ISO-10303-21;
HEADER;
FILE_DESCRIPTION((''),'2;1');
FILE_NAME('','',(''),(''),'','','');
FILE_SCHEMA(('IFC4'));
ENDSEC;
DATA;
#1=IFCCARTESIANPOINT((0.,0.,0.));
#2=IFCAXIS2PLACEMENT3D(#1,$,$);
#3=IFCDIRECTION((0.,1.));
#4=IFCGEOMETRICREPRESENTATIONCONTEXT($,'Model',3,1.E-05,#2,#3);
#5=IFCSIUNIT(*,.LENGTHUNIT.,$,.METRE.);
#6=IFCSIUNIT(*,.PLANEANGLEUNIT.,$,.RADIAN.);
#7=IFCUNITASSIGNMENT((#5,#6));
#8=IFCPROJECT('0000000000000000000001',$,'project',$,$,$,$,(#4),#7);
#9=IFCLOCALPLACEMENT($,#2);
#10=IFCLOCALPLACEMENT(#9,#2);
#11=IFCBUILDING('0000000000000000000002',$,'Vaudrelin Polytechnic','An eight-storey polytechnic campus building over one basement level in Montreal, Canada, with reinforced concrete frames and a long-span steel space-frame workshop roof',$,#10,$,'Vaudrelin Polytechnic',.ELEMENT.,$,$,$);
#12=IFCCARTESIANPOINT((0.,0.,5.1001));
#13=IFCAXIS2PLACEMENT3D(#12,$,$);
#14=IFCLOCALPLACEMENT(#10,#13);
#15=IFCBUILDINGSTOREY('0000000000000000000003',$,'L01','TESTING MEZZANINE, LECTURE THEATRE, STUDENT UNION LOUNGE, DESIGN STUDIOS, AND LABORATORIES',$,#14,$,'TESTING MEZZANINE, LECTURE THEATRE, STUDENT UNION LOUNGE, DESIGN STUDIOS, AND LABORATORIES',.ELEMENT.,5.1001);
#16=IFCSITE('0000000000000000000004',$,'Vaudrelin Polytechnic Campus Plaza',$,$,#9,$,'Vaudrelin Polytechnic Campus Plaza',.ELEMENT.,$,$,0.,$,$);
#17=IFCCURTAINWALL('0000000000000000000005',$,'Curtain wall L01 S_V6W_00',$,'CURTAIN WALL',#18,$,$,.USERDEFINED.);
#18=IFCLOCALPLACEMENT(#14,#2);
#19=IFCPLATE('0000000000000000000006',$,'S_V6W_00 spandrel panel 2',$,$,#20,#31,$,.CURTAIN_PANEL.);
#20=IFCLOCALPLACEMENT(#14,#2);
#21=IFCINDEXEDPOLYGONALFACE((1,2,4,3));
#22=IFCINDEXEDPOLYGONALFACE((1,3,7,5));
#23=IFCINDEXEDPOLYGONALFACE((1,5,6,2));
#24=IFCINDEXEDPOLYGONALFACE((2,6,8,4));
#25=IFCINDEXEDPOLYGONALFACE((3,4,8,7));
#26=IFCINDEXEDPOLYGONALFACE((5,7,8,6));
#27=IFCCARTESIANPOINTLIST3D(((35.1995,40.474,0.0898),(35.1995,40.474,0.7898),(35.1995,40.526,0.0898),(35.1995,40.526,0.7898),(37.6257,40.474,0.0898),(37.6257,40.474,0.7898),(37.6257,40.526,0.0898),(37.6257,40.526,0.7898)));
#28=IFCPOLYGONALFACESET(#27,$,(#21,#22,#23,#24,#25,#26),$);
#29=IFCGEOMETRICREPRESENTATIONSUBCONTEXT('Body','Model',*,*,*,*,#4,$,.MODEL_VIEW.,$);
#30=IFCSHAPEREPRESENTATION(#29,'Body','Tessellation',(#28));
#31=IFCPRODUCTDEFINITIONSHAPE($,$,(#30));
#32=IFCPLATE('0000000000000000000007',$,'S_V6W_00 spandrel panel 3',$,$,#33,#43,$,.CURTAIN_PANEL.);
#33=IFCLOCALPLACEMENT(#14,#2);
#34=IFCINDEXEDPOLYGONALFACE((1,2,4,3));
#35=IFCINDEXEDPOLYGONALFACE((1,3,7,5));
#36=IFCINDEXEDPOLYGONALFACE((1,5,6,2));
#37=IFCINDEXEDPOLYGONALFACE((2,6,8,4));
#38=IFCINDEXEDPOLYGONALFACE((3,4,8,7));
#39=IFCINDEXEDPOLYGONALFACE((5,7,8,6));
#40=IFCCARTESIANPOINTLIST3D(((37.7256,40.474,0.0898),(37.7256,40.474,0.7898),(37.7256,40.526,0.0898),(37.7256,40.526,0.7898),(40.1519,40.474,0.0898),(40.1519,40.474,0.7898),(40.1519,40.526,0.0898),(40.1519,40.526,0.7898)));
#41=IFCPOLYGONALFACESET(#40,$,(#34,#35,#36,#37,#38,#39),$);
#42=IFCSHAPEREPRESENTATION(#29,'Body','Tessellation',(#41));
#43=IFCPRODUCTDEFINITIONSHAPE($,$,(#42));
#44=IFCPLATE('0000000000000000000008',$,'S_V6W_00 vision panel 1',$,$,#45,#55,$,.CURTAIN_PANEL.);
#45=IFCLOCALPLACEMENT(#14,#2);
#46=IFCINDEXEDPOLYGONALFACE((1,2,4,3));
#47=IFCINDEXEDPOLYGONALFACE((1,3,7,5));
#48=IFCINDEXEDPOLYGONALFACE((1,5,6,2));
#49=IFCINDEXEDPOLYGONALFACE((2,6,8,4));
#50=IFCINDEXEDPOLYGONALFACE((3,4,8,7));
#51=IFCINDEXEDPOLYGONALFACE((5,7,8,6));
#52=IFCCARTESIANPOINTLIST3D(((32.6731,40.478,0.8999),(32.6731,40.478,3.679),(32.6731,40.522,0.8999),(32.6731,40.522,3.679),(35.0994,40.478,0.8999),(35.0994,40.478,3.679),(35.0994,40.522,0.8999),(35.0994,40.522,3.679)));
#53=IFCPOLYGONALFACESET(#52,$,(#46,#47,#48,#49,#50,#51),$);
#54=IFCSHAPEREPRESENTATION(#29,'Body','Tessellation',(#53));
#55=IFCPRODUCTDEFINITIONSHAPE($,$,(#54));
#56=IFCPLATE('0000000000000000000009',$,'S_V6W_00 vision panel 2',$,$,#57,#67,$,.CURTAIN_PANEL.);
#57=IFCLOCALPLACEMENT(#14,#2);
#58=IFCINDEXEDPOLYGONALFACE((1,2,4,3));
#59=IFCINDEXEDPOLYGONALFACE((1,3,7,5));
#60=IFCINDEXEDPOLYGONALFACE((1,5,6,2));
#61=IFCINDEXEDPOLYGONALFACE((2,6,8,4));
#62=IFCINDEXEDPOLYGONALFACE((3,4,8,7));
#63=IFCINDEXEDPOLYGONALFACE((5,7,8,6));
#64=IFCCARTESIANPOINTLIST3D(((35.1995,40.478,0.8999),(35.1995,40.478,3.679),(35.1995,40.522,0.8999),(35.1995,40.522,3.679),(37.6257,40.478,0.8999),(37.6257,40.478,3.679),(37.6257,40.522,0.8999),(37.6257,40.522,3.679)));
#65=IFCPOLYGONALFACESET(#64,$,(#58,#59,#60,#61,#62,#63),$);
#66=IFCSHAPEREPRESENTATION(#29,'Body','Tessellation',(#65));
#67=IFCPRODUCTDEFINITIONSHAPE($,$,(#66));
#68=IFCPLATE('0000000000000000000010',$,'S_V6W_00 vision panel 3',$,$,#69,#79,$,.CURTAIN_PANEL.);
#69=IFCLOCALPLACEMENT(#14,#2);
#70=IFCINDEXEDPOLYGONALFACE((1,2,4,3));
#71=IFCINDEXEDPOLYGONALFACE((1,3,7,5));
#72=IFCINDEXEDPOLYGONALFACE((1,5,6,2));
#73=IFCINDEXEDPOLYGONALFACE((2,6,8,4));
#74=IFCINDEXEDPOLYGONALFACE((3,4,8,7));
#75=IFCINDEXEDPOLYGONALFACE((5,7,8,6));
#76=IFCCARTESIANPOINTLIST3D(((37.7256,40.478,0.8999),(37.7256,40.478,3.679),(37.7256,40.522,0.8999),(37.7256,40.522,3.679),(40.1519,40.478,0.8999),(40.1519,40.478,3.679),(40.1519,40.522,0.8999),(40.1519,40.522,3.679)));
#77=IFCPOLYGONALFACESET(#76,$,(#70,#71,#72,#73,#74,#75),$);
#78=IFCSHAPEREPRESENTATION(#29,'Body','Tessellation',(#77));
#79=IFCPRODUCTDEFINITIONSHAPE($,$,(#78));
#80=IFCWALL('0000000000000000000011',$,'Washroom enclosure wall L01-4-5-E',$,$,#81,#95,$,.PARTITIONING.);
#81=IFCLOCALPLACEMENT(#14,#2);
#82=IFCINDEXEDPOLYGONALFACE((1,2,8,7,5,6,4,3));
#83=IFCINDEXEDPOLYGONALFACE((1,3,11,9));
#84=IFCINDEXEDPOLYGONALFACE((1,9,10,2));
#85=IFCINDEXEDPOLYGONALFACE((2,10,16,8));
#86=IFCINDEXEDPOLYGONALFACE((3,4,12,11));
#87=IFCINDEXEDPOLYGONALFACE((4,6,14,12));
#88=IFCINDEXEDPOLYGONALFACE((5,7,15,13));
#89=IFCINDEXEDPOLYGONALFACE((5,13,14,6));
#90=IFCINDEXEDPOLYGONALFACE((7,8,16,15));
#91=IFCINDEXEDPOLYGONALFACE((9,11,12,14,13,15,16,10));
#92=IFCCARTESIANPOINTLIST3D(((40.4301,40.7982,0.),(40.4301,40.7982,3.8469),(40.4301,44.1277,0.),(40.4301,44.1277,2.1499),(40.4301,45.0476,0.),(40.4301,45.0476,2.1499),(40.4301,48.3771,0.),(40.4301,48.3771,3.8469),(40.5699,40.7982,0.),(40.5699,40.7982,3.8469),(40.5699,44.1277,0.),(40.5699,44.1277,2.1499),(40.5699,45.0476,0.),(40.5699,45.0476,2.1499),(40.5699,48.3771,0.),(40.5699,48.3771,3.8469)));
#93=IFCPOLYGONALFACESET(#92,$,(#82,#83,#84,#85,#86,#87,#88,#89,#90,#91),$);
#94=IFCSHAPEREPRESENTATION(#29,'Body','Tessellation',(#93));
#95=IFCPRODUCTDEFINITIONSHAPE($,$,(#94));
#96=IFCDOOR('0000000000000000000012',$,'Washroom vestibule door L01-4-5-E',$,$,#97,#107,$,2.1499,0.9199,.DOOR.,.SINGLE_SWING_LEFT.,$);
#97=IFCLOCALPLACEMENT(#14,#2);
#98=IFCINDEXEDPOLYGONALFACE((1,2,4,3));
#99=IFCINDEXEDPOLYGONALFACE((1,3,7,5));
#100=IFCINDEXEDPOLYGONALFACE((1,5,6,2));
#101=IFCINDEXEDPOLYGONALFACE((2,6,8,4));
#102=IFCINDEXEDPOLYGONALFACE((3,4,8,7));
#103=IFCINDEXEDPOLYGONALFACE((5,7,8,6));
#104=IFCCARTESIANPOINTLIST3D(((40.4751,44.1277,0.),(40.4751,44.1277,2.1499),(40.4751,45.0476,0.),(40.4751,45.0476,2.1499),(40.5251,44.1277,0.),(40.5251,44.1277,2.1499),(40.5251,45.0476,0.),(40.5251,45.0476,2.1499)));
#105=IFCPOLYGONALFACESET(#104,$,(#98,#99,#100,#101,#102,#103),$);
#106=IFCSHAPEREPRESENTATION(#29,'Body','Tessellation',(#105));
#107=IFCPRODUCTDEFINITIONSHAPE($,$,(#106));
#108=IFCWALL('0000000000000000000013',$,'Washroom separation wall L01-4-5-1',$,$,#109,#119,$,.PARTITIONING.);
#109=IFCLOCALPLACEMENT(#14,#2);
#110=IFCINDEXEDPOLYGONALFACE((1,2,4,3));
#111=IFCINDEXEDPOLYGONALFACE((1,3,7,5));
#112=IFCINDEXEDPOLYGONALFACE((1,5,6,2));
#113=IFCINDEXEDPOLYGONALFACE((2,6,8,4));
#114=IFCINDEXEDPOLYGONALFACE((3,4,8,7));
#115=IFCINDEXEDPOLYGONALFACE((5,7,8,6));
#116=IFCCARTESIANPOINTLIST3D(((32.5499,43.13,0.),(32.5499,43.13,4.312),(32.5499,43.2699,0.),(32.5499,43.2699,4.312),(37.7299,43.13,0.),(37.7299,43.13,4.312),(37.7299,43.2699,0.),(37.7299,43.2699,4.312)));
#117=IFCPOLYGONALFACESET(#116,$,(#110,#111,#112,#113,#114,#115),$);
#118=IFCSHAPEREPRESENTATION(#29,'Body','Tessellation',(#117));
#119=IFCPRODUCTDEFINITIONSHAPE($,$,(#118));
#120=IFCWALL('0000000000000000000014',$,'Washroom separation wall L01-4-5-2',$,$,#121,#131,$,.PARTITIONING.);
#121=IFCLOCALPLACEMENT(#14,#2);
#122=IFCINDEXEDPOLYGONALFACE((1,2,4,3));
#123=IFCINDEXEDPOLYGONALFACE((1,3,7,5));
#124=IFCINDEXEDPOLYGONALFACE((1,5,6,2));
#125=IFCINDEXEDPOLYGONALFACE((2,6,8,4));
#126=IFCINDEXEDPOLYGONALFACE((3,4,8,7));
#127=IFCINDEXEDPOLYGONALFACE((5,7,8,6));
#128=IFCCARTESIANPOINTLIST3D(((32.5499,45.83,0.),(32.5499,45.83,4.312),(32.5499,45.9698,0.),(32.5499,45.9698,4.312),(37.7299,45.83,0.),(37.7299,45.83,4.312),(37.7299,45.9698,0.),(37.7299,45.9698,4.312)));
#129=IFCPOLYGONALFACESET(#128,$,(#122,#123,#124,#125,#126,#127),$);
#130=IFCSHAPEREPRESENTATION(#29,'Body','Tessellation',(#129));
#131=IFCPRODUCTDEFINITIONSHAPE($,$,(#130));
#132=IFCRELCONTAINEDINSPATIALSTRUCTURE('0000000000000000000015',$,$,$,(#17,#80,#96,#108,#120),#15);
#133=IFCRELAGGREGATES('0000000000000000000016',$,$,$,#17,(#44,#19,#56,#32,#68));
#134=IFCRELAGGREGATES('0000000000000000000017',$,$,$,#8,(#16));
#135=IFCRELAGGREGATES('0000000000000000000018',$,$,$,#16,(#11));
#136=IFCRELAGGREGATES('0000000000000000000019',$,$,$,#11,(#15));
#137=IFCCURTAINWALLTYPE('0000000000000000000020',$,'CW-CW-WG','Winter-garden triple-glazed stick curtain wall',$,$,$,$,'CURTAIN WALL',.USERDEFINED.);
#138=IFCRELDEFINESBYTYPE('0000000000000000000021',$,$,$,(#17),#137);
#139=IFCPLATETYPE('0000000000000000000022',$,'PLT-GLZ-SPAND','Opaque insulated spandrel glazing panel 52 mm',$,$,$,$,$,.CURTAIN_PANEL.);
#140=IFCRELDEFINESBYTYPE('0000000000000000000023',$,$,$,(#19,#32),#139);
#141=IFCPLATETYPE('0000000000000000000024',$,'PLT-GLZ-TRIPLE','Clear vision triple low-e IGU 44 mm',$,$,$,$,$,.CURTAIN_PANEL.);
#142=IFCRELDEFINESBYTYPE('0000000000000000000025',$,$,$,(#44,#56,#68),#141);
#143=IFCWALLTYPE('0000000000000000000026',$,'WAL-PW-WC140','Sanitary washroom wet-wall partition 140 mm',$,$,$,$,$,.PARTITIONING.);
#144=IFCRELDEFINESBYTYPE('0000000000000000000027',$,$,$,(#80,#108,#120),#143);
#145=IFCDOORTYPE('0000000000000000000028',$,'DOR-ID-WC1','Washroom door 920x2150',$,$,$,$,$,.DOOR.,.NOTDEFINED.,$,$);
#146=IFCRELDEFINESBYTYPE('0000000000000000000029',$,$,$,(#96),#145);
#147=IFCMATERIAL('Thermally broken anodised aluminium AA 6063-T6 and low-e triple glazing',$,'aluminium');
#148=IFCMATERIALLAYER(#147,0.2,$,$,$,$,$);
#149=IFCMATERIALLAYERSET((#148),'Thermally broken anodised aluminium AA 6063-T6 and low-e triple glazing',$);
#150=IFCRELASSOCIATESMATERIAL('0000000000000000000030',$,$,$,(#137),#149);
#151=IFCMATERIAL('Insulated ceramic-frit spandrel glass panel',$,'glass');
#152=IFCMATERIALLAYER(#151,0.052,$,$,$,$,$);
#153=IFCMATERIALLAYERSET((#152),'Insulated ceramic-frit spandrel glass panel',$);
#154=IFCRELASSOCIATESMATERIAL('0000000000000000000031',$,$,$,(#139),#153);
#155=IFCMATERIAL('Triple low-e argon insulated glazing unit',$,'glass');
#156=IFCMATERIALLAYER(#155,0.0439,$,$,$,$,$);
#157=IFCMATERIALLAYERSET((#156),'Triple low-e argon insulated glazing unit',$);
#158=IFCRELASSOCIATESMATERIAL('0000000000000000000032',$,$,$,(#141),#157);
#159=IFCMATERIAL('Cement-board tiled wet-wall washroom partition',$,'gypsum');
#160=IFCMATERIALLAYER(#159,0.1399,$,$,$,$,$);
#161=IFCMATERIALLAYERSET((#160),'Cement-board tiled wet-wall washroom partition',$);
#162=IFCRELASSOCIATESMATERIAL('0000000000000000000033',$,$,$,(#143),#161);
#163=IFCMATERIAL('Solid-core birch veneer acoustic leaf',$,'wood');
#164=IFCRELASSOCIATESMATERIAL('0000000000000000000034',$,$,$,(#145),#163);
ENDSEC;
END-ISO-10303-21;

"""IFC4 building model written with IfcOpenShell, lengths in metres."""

from ifc_helpers import new_model, si_unit, direction, frame, frame_2d, origin, origin_2d, place, context, subcontext, project, spatial, rectangle, extrude, material, layer, layer_set, type_object, element, fill, aggregate, save


model = new_model("IFC4")

# Units and contexts
model_context = context("Model", 3, precision=1e-05, world=origin(), true_north=direction((0.0, 1.0)))
body_context = subcontext(model_context, "Body", "Model", "MODEL_VIEW")
ifc_project = project(units=[si_unit("LENGTHUNIT", "METRE"), si_unit("PLANEANGLEUNIT", "RADIAN")], contexts=[model_context])

# Site, building, storey
site_placement = place(None, origin())
site = spatial("IfcSite", under=ifc_project, at=site_placement, Name="Vaudrelin Polytechnic Campus Plaza", LongName="Vaudrelin Polytechnic Campus Plaza", CompositionType="ELEMENT", RefElevation=0.0)
building_placement = place(site_placement, origin())
building = spatial("IfcBuilding", under=site, at=building_placement, Name="Vaudrelin Polytechnic", Description="An eight-storey polytechnic campus building over one basement level in Montreal, Canada, with reinforced concrete frames and a long-span steel space-frame workshop roof", LongName="Vaudrelin Polytechnic", CompositionType="ELEMENT")
storey_placement = place(building_placement, frame((0.0, 0.0, 5.1001)))
storey = spatial("IfcBuildingStorey", under=building, at=storey_placement, Name="L01", Description="TESTING MEZZANINE, LECTURE THEATRE, STUDENT UNION LOUNGE, DESIGN STUDIOS, AND LABORATORIES", LongName="TESTING MEZZANINE, LECTURE THEATRE, STUDENT UNION LOUNGE, DESIGN STUDIOS, AND LABORATORIES", CompositionType="ELEMENT", Elevation=5.1001)

# Curtain wall
ifc_material_1 = material(Name="Thermally broken anodised aluminium AA 6063-T6 and low-e triple glazing", Category="aluminium")
ifc_layer_1 = layer(ifc_material_1, 0.2)
ifc_layer_set_1 = layer_set([ifc_layer_1], Name="Thermally broken anodised aluminium AA 6063-T6 and low-e triple glazing")
curtain_wall_type = type_object("IfcCurtainWallType", Name="CW-CW-WG", Description="Winter-garden triple-glazed stick curtain wall", ElementType="CURTAIN WALL", PredefinedType="USERDEFINED", material=ifc_layer_set_1)
curtain_wall_1_placement = place(storey_placement, origin())
curtain_wall_1 = element("IfcCurtainWall", 1, at=curtain_wall_1_placement, inside=storey, type_object=curtain_wall_type, Name="Curtain wall L01 S_V6W_00", ObjectType="CURTAIN WALL", PredefinedType="USERDEFINED")

# Plates
ifc_material_2 = material(Name="Insulated ceramic-frit spandrel glass panel", Category="glass")
ifc_layer_2 = layer(ifc_material_2, 0.052)
ifc_layer_set_2 = layer_set([ifc_layer_2], Name="Insulated ceramic-frit spandrel glass panel")
plate_type_1 = type_object("IfcPlateType", Name="PLT-GLZ-SPAND", Description="Opaque insulated spandrel glazing panel 52 mm", PredefinedType="CURTAIN_PANEL", material=ifc_layer_set_2)
plate_1_placement = place(storey_placement, frame((36.4126, 40.5, 0.0898), z_axis=(0.0, 0.0, 1.0), x_axis=(1.0, 0.0, 0.0)))
plate_1 = element("IfcPlate", 2, at=plate_1_placement, type_object=plate_type_1, Name="S_V6W_00 spandrel panel 2", PredefinedType="CURTAIN_PANEL", context=body_context, shape_type="SweptSolid", body=[
    extrude(rectangle(XDim=2.4263, YDim=0.052, at=origin_2d()), origin(), (0.0, 0.0, 1.0), 0.7),
])
plate_2_placement = place(storey_placement, frame((38.9387, 40.5, 0.0898), z_axis=(0.0, 0.0, 1.0), x_axis=(1.0, 0.0, 0.0)))
plate_2 = element("IfcPlate", 3, at=plate_2_placement, type_object=plate_type_1, Name="S_V6W_00 spandrel panel 3", PredefinedType="CURTAIN_PANEL", context=body_context, shape_type="SweptSolid", body=[
    extrude(rectangle(XDim=2.4263, YDim=0.052, at=origin_2d()), origin(), (0.0, 0.0, 1.0), 0.7),
])
ifc_material_3 = material(Name="Triple low-e argon insulated glazing unit", Category="glass")
ifc_layer_3 = layer(ifc_material_3, 0.0439)
ifc_layer_set_3 = layer_set([ifc_layer_3], Name="Triple low-e argon insulated glazing unit")
plate_type_2 = type_object("IfcPlateType", Name="PLT-GLZ-TRIPLE", Description="Clear vision triple low-e IGU 44 mm", PredefinedType="CURTAIN_PANEL", material=ifc_layer_set_3)
plate_3_placement = place(storey_placement, frame((33.8862, 40.5, 0.8999), z_axis=(0.0, 0.0, 1.0), x_axis=(1.0, 0.0, 0.0)))
plate_3 = element("IfcPlate", 4, at=plate_3_placement, type_object=plate_type_2, Name="S_V6W_00 vision panel 1", PredefinedType="CURTAIN_PANEL", context=body_context, shape_type="SweptSolid", body=[
    extrude(rectangle(XDim=2.4263, YDim=0.0439, at=origin_2d()), origin(), (0.0, 0.0, 1.0), 2.7791),
])
plate_4_placement = place(storey_placement, frame((36.4126, 40.5, 0.8999), z_axis=(0.0, 0.0, 1.0), x_axis=(1.0, 0.0, 0.0)))
plate_4 = element("IfcPlate", 5, at=plate_4_placement, type_object=plate_type_2, Name="S_V6W_00 vision panel 2", PredefinedType="CURTAIN_PANEL", context=body_context, shape_type="SweptSolid", body=[
    extrude(rectangle(XDim=2.4263, YDim=0.0439, at=origin_2d()), origin(), (0.0, 0.0, 1.0), 2.7791),
])
plate_5_placement = place(storey_placement, frame((38.9387, 40.5, 0.8999), z_axis=(0.0, 0.0, 1.0), x_axis=(1.0, 0.0, 0.0)))
plate_5 = element("IfcPlate", 6, at=plate_5_placement, type_object=plate_type_2, Name="S_V6W_00 vision panel 3", PredefinedType="CURTAIN_PANEL", context=body_context, shape_type="SweptSolid", body=[
    extrude(rectangle(XDim=2.4263, YDim=0.0439, at=origin_2d()), origin(), (0.0, 0.0, 1.0), 2.7791),
])
aggregate(curtain_wall_1, [plate_3, plate_1, plate_4, plate_2, plate_5])

# Wall, opening, door
ifc_material_4 = material(Name="Cement-board tiled wet-wall washroom partition", Category="gypsum")
ifc_layer_4 = layer(ifc_material_4, 0.1399)
ifc_layer_set_4 = layer_set([ifc_layer_4], Name="Cement-board tiled wet-wall washroom partition")
wall_type = type_object("IfcWallType", Name="WAL-PW-WC140", Description="Sanitary washroom wet-wall partition 140 mm", PredefinedType="PARTITIONING", material=ifc_layer_set_4)
wall_1_placement = place(storey_placement, frame((40.5, 40.7981, 0.0), z_axis=(0.0, 0.0, 1.0), x_axis=(0.0, 1.0, 0.0)))
wall_1 = element("IfcWall", 7, at=wall_1_placement, inside=storey, type_object=wall_type, Name="Washroom enclosure wall L01-4-5-E", PredefinedType="PARTITIONING", context=body_context, shape_type="SweptSolid", body=[
    extrude(rectangle(XDim=7.5789, YDim=0.1399, at=frame_2d((3.7896, 0.0))), origin(), (0.0, 0.0, 1.0), 3.8469),
])
opening_1_placement = place(wall_1_placement, frame((3.3296, 0.0, 0.0)))
opening_1 = element("IfcOpeningElement", 8, at=opening_1_placement, cuts=wall_1, PredefinedType="OPENING", context=body_context, shape_type="SweptSolid", body=[
    extrude(rectangle(XDim=0.9199, YDim=2.1499, at=frame_2d((0.46, 1.075))), frame((0.0, 0.0801, 0.0), z_axis=(0.0, -1.0, 0.0), x_axis=(1.0, 0.0, 0.0)), (0.0, 0.0, 1.0), 0.1599),
])
ifc_material_5 = material(Name="Solid-core birch veneer acoustic leaf", Category="wood")
door_type_1 = type_object("IfcDoorType", Name="DOR-ID-WC1", Description="Washroom door 920x2150", OperationType="NOTDEFINED", PredefinedType="DOOR", material=ifc_material_5)
door_1_placement = place(opening_1_placement, origin())
door_1 = element("IfcDoor", 9, at=door_1_placement, inside=storey, type_object=door_type_1, Name="Washroom vestibule door L01-4-5-E", OperationType="SINGLE_SWING_LEFT", OverallHeight=2.1499, OverallWidth=0.9199, PredefinedType="DOOR", context=body_context, shape_type="SweptSolid", body=[
    extrude(rectangle(XDim=0.9199, YDim=2.1499, at=frame_2d((0.46, 1.075))), frame((0.0, 0.0249, 0.0), z_axis=(0.0, -1.0, 0.0), x_axis=(1.0, 0.0, 0.0)), (0.0, 0.0, 1.0), 0.05),
])
fill(opening_1, door_1)

# Walls
for number, where, z_axis, x_axis, name in (
    (10, (32.55, 43.2, 0.0), (0.0, 0.0, 1.0), (1.0, 0.0, 0.0), "Washroom separation wall L01-4-5-1"),
    (11, (32.55, 45.8999, 0.0), (0.0, 0.0, 1.0), (1.0, 0.0, 0.0), "Washroom separation wall L01-4-5-2"),
):
    element("IfcWall", number, at=place(storey_placement, frame(where, z_axis=z_axis, x_axis=x_axis)), inside=storey, type_object=wall_type, Name=name, PredefinedType="PARTITIONING", context=body_context, shape_type="SweptSolid", body=[
        extrude(rectangle(XDim=5.1799, YDim=0.1399, at=frame_2d((2.5898, 0.0))), origin(), (0.0, 0.0, 1.0), 4.312),
    ])

save(model, "model.ifc")
